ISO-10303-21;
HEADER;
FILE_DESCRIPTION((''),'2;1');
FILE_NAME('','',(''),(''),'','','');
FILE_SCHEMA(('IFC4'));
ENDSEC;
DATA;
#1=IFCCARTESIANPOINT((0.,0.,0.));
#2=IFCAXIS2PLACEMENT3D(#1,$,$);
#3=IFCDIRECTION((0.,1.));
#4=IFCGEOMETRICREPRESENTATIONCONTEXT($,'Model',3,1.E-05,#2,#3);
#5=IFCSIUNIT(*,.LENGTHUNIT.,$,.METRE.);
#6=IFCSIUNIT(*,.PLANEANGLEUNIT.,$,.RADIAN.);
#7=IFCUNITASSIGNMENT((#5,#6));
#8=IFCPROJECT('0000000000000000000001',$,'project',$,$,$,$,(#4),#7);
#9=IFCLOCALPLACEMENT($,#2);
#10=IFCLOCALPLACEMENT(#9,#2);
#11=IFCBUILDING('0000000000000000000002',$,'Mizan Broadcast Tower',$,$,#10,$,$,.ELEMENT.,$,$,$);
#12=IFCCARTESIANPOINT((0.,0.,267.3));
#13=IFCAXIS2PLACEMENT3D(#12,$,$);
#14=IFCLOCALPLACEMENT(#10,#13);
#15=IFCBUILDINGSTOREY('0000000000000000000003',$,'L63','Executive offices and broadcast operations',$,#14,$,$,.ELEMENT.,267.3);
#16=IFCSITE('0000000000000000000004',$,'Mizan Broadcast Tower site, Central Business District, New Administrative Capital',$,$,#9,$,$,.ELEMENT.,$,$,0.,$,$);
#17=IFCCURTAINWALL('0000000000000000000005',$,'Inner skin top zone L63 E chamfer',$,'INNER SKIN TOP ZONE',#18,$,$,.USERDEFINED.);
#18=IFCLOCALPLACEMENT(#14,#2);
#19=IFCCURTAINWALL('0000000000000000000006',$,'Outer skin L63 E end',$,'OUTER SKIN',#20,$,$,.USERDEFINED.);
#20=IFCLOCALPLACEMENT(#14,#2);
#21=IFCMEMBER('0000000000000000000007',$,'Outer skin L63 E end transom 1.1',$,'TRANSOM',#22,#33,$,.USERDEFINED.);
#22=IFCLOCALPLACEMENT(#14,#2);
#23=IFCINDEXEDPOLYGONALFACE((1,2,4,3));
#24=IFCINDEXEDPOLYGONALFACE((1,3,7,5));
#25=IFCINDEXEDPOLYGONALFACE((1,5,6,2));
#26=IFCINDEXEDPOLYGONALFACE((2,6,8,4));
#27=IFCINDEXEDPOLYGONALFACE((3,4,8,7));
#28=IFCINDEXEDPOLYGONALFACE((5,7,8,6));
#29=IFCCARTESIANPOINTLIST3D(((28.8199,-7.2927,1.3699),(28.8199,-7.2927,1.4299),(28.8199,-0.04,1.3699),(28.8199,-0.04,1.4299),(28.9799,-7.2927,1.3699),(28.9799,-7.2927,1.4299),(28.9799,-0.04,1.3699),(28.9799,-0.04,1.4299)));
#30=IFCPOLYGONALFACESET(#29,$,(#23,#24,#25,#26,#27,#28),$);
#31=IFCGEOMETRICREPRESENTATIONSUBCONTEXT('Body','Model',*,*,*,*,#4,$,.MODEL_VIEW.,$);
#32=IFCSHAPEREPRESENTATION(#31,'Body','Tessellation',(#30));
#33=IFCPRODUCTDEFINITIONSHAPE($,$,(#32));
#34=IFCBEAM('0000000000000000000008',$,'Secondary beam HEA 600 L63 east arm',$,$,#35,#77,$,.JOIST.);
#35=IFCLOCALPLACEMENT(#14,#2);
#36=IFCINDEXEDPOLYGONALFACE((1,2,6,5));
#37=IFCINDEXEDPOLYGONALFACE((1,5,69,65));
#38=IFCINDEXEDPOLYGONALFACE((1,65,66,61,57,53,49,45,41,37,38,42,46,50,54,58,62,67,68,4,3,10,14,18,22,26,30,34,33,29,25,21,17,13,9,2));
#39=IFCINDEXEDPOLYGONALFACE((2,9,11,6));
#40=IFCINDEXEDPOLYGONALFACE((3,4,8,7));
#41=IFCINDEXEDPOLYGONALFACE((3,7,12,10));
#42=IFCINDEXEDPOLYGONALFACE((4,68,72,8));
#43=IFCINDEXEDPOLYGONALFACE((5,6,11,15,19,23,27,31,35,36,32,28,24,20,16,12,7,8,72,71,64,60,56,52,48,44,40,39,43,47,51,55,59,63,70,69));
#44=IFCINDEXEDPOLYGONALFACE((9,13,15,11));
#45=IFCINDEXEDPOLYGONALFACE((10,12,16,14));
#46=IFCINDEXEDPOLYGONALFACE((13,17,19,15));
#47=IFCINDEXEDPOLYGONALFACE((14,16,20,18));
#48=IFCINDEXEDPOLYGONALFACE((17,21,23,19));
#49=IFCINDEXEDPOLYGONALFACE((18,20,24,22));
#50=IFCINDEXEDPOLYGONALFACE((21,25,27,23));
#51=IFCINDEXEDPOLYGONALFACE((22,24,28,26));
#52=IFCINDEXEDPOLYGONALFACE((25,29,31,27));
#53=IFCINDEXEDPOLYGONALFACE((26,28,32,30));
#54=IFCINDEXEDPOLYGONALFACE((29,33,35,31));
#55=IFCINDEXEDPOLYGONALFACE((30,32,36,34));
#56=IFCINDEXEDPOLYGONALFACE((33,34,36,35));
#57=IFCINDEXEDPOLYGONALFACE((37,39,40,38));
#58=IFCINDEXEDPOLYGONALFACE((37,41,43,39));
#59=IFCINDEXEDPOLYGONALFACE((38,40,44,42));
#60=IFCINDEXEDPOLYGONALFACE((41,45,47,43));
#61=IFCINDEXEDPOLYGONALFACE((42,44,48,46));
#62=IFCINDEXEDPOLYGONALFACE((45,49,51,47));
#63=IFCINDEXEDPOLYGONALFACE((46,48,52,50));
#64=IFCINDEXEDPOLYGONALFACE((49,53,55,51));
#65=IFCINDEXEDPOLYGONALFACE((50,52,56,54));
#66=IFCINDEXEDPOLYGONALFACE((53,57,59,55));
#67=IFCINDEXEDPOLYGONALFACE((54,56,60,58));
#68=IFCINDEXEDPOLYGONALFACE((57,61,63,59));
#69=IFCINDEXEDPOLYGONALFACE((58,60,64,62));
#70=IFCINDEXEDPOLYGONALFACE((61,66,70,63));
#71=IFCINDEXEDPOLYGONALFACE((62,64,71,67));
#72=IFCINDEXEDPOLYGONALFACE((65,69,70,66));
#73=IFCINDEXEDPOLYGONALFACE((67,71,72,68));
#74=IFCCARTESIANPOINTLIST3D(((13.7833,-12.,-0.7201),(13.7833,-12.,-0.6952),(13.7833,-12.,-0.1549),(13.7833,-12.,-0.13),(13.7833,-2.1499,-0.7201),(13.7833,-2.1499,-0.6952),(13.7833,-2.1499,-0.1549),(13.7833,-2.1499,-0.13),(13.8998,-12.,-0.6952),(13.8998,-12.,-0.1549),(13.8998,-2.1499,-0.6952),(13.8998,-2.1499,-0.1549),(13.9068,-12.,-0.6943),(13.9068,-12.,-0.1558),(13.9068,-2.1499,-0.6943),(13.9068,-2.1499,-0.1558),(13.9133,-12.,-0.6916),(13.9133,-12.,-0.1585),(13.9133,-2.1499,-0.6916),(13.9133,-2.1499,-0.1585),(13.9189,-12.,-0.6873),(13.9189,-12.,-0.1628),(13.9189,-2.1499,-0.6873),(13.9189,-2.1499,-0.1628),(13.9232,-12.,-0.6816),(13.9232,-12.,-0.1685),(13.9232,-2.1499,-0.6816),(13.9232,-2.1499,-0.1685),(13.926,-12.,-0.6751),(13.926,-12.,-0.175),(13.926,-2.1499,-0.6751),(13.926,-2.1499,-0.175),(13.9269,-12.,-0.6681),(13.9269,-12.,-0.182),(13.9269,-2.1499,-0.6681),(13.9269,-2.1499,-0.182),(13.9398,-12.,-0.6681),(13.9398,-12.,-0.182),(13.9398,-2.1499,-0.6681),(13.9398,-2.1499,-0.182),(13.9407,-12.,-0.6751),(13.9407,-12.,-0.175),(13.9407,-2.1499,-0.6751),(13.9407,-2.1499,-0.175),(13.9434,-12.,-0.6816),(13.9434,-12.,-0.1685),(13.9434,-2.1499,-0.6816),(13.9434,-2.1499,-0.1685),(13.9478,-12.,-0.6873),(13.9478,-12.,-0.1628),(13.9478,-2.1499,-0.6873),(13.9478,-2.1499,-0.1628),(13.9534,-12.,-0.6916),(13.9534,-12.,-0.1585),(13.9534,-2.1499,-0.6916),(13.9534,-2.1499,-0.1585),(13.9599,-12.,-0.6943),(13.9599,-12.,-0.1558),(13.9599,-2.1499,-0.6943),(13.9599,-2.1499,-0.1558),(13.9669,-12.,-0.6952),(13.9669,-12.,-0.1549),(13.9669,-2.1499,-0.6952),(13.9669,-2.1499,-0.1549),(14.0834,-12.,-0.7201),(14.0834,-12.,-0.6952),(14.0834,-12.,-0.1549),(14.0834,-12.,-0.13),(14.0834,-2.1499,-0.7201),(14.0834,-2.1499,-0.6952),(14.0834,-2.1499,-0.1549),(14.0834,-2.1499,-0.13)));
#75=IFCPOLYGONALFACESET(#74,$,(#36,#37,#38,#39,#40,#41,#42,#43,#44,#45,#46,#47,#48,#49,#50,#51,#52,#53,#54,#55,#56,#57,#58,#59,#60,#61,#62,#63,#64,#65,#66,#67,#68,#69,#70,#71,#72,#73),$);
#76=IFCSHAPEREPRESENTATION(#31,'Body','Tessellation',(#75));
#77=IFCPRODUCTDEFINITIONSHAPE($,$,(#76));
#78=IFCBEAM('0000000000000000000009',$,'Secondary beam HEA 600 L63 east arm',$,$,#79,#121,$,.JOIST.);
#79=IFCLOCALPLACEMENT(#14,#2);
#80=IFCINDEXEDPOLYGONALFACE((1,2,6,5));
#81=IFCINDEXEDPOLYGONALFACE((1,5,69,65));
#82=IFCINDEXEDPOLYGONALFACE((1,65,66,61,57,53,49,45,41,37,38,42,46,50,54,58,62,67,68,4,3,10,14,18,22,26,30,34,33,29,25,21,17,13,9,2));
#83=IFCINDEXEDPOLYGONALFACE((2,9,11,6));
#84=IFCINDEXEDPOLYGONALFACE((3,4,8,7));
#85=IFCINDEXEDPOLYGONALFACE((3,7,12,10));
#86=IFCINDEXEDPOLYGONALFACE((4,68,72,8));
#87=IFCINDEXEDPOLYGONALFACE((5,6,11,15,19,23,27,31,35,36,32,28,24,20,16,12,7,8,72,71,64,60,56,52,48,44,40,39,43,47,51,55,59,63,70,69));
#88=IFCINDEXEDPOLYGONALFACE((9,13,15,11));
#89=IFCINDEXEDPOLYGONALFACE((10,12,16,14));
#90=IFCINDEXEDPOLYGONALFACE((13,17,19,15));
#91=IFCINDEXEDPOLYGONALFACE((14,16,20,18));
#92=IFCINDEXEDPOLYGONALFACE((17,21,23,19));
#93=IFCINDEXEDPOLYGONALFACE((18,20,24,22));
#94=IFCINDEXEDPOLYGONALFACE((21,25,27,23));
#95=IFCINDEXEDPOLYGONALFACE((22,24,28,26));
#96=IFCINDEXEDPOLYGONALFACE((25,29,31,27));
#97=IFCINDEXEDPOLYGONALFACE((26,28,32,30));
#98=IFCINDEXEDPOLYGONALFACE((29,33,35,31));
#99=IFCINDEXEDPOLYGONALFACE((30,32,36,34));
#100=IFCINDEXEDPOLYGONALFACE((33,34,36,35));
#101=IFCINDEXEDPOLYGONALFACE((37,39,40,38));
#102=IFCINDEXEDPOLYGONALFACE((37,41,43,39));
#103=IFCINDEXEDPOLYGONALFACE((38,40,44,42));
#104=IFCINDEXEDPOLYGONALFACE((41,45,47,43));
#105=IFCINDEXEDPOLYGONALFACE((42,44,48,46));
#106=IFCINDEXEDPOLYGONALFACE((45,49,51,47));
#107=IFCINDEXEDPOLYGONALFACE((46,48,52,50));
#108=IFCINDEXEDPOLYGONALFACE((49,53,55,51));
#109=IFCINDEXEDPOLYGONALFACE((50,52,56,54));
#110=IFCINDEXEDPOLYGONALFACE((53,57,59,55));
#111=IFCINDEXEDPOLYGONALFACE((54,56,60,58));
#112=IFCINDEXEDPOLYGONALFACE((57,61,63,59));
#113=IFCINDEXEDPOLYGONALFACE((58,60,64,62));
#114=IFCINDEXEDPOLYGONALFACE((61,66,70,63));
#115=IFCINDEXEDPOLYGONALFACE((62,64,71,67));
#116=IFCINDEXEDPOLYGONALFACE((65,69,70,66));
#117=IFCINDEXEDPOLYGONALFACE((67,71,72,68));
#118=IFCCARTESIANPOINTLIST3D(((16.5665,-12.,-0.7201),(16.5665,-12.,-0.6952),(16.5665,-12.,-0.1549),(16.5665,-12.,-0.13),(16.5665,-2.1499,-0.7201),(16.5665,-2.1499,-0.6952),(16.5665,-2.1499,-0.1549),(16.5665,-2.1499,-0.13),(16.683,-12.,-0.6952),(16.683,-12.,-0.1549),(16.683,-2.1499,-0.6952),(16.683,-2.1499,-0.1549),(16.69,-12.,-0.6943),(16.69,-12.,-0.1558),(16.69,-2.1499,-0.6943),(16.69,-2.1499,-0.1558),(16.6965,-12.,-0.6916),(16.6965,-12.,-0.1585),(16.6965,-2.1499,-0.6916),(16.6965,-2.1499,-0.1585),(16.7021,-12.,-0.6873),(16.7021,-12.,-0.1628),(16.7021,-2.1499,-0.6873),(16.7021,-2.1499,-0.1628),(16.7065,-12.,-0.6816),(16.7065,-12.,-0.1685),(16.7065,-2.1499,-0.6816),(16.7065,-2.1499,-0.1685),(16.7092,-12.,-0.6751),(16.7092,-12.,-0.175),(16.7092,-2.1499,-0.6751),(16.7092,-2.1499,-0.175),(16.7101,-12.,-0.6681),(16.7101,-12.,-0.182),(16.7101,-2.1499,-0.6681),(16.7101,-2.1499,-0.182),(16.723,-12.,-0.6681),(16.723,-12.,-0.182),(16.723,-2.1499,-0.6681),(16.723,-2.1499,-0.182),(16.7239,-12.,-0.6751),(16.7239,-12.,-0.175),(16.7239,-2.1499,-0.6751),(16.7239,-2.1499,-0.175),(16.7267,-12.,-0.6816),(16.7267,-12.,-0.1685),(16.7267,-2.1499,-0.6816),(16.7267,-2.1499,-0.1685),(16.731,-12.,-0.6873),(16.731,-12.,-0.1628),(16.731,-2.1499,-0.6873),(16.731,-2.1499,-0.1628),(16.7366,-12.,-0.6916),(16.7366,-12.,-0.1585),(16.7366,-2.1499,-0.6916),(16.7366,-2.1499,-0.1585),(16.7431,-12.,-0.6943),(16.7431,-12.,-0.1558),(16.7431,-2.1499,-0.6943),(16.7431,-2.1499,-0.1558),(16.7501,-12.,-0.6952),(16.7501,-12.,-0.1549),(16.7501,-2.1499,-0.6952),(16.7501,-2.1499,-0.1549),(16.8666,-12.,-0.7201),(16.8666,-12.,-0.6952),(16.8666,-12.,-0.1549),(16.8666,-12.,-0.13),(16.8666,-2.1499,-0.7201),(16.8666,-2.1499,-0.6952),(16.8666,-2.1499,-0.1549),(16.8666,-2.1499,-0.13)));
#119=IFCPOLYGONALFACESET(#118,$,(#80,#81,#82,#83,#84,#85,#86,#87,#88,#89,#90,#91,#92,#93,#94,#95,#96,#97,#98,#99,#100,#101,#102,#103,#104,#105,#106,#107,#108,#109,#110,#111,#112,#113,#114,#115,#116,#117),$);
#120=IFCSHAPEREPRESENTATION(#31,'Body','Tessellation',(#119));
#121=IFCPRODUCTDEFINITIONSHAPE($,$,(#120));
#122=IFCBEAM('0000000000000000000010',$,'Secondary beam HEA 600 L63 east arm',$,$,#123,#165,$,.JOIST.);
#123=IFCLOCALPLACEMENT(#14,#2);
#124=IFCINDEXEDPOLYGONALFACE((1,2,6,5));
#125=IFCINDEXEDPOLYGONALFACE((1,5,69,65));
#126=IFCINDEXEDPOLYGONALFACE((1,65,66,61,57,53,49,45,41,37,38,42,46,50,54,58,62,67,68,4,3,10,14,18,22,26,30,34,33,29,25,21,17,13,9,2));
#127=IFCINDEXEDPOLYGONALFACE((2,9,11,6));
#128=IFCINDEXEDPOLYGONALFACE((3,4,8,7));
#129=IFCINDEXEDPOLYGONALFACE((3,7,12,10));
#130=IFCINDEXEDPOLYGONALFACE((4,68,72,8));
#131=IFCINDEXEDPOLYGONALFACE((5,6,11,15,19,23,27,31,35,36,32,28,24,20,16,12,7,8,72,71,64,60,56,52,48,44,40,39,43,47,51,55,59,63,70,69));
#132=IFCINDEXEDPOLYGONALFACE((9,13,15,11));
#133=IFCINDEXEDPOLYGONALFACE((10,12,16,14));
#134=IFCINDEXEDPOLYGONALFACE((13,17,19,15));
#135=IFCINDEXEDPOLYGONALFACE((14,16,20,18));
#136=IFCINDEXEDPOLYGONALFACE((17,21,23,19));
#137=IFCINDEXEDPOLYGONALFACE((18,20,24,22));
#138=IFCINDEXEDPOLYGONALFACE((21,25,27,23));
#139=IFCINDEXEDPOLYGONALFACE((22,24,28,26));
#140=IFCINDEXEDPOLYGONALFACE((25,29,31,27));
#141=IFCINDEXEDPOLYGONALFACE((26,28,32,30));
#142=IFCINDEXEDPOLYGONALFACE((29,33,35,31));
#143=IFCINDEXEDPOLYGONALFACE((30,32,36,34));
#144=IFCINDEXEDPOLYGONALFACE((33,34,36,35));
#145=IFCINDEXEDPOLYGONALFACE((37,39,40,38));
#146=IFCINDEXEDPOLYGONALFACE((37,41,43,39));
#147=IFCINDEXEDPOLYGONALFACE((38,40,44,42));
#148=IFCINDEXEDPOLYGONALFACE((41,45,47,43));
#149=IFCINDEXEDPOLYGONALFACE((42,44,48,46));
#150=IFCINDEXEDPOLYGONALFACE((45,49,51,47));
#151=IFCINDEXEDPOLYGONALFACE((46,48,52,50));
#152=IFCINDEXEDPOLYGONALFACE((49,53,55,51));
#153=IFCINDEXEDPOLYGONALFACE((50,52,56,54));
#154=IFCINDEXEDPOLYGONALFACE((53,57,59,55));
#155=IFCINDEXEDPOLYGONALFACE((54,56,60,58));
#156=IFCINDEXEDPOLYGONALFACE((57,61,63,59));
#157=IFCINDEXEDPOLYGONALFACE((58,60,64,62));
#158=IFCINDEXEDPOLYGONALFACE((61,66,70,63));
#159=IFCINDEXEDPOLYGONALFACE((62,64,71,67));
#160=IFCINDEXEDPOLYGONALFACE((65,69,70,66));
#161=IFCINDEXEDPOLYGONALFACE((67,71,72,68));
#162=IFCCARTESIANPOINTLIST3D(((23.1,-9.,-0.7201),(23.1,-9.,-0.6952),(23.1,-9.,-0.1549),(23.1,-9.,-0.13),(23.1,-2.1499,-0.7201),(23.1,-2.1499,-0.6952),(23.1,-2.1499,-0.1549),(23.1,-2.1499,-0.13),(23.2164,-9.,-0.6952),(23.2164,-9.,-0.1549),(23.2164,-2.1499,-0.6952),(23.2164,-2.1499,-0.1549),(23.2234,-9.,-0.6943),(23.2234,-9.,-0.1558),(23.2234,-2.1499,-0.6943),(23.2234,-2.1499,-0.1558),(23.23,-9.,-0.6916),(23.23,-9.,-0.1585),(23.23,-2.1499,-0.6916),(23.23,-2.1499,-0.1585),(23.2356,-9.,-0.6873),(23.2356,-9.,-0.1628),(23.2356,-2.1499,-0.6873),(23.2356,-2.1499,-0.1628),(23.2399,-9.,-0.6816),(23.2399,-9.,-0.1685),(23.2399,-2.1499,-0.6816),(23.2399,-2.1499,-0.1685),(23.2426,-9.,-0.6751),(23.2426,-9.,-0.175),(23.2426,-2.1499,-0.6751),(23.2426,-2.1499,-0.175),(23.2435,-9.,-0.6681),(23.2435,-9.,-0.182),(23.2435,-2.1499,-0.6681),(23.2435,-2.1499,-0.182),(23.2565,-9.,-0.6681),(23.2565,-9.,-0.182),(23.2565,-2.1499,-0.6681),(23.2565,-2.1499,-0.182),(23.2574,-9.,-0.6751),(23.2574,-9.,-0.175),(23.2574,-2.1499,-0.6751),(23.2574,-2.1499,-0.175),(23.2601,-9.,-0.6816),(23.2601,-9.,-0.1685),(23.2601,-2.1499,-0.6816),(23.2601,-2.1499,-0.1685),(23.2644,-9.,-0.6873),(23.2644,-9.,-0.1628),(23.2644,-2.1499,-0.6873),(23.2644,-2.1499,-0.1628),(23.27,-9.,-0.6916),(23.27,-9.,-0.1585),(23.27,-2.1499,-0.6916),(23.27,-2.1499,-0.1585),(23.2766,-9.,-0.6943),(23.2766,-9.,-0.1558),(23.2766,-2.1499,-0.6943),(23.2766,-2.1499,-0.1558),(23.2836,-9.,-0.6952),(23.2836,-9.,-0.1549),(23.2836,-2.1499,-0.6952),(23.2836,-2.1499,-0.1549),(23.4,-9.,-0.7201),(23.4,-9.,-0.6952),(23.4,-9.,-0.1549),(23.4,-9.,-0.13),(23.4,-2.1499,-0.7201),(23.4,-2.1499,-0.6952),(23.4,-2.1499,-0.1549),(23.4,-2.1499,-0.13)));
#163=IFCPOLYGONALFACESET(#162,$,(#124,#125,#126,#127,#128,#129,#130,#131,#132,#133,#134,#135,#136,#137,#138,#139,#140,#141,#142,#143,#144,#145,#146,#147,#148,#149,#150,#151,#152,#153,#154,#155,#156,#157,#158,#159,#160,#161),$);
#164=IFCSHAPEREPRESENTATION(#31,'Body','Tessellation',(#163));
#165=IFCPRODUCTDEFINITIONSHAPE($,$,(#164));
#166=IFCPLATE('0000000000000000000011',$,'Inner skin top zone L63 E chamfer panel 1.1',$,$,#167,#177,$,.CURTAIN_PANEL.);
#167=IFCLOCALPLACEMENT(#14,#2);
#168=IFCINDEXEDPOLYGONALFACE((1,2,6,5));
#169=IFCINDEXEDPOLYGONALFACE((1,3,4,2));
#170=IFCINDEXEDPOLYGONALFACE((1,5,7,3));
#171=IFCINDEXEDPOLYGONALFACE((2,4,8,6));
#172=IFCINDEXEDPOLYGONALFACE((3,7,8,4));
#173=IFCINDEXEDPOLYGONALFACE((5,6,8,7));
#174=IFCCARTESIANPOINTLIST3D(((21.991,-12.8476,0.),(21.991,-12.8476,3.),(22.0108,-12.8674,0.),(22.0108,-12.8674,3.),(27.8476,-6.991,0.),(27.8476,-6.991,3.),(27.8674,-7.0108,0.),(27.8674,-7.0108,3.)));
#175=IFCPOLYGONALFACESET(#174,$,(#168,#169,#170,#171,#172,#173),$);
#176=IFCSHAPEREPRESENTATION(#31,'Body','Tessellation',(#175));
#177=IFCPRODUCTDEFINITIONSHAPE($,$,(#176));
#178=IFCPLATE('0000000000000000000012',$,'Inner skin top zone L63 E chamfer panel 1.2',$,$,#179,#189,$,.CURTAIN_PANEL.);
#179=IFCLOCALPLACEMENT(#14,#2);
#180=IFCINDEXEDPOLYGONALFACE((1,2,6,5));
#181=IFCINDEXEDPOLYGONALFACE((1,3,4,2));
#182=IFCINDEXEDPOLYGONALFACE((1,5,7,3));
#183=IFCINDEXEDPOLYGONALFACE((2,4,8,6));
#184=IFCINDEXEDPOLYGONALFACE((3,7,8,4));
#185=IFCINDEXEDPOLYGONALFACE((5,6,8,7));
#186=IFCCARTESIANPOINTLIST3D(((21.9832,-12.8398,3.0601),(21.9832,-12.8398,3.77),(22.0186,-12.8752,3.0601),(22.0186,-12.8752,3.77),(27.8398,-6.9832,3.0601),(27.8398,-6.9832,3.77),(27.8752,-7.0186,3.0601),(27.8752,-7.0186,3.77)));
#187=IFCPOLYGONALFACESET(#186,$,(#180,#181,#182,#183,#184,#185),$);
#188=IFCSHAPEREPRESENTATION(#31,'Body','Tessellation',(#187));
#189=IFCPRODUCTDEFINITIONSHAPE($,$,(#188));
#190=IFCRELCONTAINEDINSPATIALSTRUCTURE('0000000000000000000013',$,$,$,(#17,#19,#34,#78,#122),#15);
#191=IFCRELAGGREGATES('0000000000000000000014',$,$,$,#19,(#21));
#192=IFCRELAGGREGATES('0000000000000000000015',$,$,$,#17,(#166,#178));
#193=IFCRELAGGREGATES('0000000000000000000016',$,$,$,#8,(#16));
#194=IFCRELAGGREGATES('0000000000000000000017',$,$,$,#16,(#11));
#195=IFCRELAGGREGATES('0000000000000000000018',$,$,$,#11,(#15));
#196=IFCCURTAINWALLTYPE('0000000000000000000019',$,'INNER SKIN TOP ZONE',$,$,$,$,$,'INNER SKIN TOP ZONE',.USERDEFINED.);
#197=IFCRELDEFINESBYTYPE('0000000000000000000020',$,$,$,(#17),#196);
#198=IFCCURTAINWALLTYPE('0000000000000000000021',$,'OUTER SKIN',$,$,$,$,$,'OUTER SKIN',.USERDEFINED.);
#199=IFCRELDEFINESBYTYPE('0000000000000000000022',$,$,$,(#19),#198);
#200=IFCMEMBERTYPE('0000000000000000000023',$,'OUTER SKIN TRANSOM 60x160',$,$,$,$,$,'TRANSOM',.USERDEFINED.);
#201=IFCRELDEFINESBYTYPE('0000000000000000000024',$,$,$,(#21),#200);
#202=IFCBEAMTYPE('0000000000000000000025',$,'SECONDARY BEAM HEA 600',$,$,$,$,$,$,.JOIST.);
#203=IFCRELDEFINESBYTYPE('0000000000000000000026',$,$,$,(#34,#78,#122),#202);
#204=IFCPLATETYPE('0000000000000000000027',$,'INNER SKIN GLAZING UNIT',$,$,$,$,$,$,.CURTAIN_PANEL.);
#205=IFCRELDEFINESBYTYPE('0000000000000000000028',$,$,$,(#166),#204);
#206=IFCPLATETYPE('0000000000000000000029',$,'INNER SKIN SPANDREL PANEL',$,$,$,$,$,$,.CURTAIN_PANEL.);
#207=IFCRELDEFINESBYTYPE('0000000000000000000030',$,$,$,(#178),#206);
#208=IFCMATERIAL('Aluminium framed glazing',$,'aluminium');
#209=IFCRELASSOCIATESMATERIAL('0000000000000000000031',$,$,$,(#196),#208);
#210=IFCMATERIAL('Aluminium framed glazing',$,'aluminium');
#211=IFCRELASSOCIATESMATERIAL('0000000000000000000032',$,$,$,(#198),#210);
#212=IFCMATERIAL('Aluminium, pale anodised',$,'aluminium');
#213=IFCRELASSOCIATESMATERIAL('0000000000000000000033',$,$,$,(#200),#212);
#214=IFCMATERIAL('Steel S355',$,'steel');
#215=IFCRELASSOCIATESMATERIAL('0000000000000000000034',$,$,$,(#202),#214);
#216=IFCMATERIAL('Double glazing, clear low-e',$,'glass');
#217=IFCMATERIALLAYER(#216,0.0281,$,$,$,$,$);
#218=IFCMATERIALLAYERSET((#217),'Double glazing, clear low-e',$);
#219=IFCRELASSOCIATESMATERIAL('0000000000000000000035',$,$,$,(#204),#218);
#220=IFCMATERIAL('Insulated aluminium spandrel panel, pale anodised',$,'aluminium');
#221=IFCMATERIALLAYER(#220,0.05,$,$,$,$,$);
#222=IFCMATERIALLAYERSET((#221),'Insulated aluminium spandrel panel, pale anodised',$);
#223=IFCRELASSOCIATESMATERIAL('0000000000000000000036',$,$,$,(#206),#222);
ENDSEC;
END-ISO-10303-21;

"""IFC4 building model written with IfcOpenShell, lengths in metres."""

from ifc_helpers import new_model, si_unit, direction, frame, origin, origin_2d, place, context, subcontext, project, spatial, rectangle, i_section, extrude, material, layer, layer_set, material_profile, profile_set, type_object, element, aggregate, save


model = new_model("IFC4")

# Units and contexts
model_context = context("Model", 3, precision=1e-05, world=origin(), true_north=direction((0.0, 1.0)))
body_context = subcontext(model_context, "Body", "Model", "MODEL_VIEW")
ifc_project = project(units=[si_unit("LENGTHUNIT", "METRE"), si_unit("PLANEANGLEUNIT", "RADIAN")], contexts=[model_context])

# Site, building, storey
site_placement = place(None, origin())
site = spatial("IfcSite", under=ifc_project, at=site_placement, Name="Mizan Broadcast Tower site, Central Business District, New Administrative Capital", CompositionType="ELEMENT", RefElevation=0.0)
building_placement = place(site_placement, origin())
building = spatial("IfcBuilding", under=site, at=building_placement, Name="Mizan Broadcast Tower", CompositionType="ELEMENT")
storey_placement = place(building_placement, frame((0.0, 0.0, 267.3)))
storey = spatial("IfcBuildingStorey", under=building, at=storey_placement, Name="L63", Description="Executive offices and broadcast operations", CompositionType="ELEMENT", Elevation=267.3)

# Shared definitions
ifc_material_1 = material(Name="Aluminium framed glazing", Category="aluminium")
curtain_wall_type_1 = type_object("IfcCurtainWallType", Name="INNER SKIN TOP ZONE", ElementType="INNER SKIN TOP ZONE", PredefinedType="USERDEFINED", material=ifc_material_1)

# Curtain wall
curtain_wall_1_placement = place(storey_placement, origin())
curtain_wall_1 = element("IfcCurtainWall", 1, at=curtain_wall_1_placement, inside=storey, type_object=curtain_wall_type_1, Name="Inner skin top zone L63 E chamfer", ObjectType="INNER SKIN TOP ZONE", PredefinedType="USERDEFINED")

# Shared definitions
ifc_material_2 = material(Name="Aluminium framed glazing", Category="aluminium")
curtain_wall_type_2 = type_object("IfcCurtainWallType", Name="OUTER SKIN", ElementType="OUTER SKIN", PredefinedType="USERDEFINED", material=ifc_material_2)
ifc_material_3 = material(Name="Aluminium, pale anodised", Category="aluminium")
ifc_material_profile_1 = material_profile(ifc_material_3, rectangle(XDim=0.1599, YDim=0.0601, at=origin_2d()), Name="TRANSOM 160x60")
ifc_profile_set_1 = profile_set([ifc_material_profile_1], Name="Aluminium, pale anodised")
member_type_1 = type_object("IfcMemberType", Name="OUTER SKIN TRANSOM 60x160", ElementType="TRANSOM", PredefinedType="USERDEFINED", material=ifc_profile_set_1)

# Curtain wall, member
curtain_wall_2_placement = place(storey_placement, origin())
curtain_wall_2 = element("IfcCurtainWall", 2, at=curtain_wall_2_placement, inside=storey, type_object=curtain_wall_type_2, Name="Outer skin L63 E end", ObjectType="OUTER SKIN", PredefinedType="USERDEFINED")
member_1_placement = place(storey_placement, frame((28.8999, -7.2927, 1.3999), z_axis=(0.0, 1.0, 0.0), x_axis=(-1.0, 0.0, 0.0)))
member_1 = element("IfcMember", 3, at=member_1_placement, type_object=member_type_1, Name="Outer skin L63 E end transom 1.1", ObjectType="TRANSOM", PredefinedType="USERDEFINED", context=body_context, shape_type="SweptSolid", body=[
    extrude(rectangle(XDim=0.1599, YDim=0.0601, at=origin_2d()), origin(), (0.0, 0.0, 1.0), 7.2527),
])
aggregate(curtain_wall_2, [member_1])

# Beams
ifc_material_4 = material(Name="Steel S355", Category="steel")
ifc_material_profile_2 = material_profile(ifc_material_4, i_section(OverallWidth=0.3, OverallDepth=0.5901, WebThickness=0.0129, FlangeThickness=0.0249, FilletRadius=0.0271, at=origin_2d()), Name="HEA 600")
ifc_profile_set_2 = profile_set([ifc_material_profile_2], Name="Steel S355")
beam_type_1 = type_object("IfcBeamType", Name="SECONDARY BEAM HEA 600", PredefinedType="JOIST", material=ifc_profile_set_2)
for number, where, z_axis, x_axis, name in (
    (4, (13.9333, -12.0, -0.425), (0.0, 1.0, 0.0), (-1.0, 0.0, 0.0), "Secondary beam HEA 600 L63 east arm"),
    (5, (16.7166, -12.0, -0.425), (0.0, 1.0, 0.0), (-1.0, 0.0, 0.0), "Secondary beam HEA 600 L63 east arm"),
):
    element("IfcBeam", number, at=place(storey_placement, frame(where, z_axis=z_axis, x_axis=x_axis)), inside=storey, type_object=beam_type_1, Name=name, PredefinedType="JOIST", context=body_context, shape_type="SweptSolid", body=[
        extrude(i_section(OverallWidth=0.3, OverallDepth=0.5901, WebThickness=0.0129, FlangeThickness=0.0249, FilletRadius=0.0271, at=origin_2d()), origin(), (0.0, 0.0, 1.0), 9.8501),
    ])
beam_1_placement = place(storey_placement, frame((23.25, -9.0, -0.425), z_axis=(0.0, 1.0, 0.0), x_axis=(-1.0, 0.0, 0.0)))
element("IfcBeam", 6, at=beam_1_placement, inside=storey, type_object=beam_type_1, Name="Secondary beam HEA 600 L63 east arm", PredefinedType="JOIST", context=body_context, shape_type="SweptSolid", body=[
    extrude(i_section(OverallWidth=0.3, OverallDepth=0.5901, WebThickness=0.0129, FlangeThickness=0.0249, FilletRadius=0.0271, at=origin_2d()), origin(), (0.0, 0.0, 1.0), 6.8501),
])

# Plates
ifc_material_5 = material(Name="Double glazing, clear low-e", Category="glass")
ifc_layer_1 = layer(ifc_material_5, 0.0281)
ifc_layer_set_1 = layer_set([ifc_layer_1], Name="Double glazing, clear low-e")
plate_type_1 = type_object("IfcPlateType", Name="INNER SKIN GLAZING UNIT", PredefinedType="CURTAIN_PANEL", material=ifc_layer_set_1)
plate_1_placement = place(storey_placement, frame((24.9292, -9.9292, 0.0), z_axis=(0.0, 0.0, 1.0), x_axis=(0.707107, 0.707107, 0.0)))
plate_1 = element("IfcPlate", 7, at=plate_1_placement, type_object=plate_type_1, Name="Inner skin top zone L63 E chamfer panel 1.1", PredefinedType="CURTAIN_PANEL", context=body_context, shape_type="SweptSolid", body=[
    extrude(rectangle(XDim=8.2825, YDim=0.0281, at=origin_2d()), origin(), (0.0, 0.0, 1.0), 3.0),
])
ifc_material_6 = material(Name="Insulated aluminium spandrel panel, pale anodised", Category="aluminium")
ifc_layer_2 = layer(ifc_material_6, 0.05)
ifc_layer_set_2 = layer_set([ifc_layer_2], Name="Insulated aluminium spandrel panel, pale anodised")
plate_type_2 = type_object("IfcPlateType", Name="INNER SKIN SPANDREL PANEL", PredefinedType="CURTAIN_PANEL", material=ifc_layer_set_2)
plate_2_placement = place(storey_placement, frame((24.9292, -9.9292, 3.0601), z_axis=(0.0, 0.0, 1.0), x_axis=(0.707107, 0.707107, 0.0)))
plate_2 = element("IfcPlate", 8, at=plate_2_placement, type_object=plate_type_2, Name="Inner skin top zone L63 E chamfer panel 1.2", PredefinedType="CURTAIN_PANEL", context=body_context, shape_type="SweptSolid", body=[
    extrude(rectangle(XDim=8.2825, YDim=0.05, at=origin_2d()), origin(), (0.0, 0.0, 1.0), 0.71),
])
aggregate(curtain_wall_1, [plate_1, plate_2])

save(model, "model.ifc")
